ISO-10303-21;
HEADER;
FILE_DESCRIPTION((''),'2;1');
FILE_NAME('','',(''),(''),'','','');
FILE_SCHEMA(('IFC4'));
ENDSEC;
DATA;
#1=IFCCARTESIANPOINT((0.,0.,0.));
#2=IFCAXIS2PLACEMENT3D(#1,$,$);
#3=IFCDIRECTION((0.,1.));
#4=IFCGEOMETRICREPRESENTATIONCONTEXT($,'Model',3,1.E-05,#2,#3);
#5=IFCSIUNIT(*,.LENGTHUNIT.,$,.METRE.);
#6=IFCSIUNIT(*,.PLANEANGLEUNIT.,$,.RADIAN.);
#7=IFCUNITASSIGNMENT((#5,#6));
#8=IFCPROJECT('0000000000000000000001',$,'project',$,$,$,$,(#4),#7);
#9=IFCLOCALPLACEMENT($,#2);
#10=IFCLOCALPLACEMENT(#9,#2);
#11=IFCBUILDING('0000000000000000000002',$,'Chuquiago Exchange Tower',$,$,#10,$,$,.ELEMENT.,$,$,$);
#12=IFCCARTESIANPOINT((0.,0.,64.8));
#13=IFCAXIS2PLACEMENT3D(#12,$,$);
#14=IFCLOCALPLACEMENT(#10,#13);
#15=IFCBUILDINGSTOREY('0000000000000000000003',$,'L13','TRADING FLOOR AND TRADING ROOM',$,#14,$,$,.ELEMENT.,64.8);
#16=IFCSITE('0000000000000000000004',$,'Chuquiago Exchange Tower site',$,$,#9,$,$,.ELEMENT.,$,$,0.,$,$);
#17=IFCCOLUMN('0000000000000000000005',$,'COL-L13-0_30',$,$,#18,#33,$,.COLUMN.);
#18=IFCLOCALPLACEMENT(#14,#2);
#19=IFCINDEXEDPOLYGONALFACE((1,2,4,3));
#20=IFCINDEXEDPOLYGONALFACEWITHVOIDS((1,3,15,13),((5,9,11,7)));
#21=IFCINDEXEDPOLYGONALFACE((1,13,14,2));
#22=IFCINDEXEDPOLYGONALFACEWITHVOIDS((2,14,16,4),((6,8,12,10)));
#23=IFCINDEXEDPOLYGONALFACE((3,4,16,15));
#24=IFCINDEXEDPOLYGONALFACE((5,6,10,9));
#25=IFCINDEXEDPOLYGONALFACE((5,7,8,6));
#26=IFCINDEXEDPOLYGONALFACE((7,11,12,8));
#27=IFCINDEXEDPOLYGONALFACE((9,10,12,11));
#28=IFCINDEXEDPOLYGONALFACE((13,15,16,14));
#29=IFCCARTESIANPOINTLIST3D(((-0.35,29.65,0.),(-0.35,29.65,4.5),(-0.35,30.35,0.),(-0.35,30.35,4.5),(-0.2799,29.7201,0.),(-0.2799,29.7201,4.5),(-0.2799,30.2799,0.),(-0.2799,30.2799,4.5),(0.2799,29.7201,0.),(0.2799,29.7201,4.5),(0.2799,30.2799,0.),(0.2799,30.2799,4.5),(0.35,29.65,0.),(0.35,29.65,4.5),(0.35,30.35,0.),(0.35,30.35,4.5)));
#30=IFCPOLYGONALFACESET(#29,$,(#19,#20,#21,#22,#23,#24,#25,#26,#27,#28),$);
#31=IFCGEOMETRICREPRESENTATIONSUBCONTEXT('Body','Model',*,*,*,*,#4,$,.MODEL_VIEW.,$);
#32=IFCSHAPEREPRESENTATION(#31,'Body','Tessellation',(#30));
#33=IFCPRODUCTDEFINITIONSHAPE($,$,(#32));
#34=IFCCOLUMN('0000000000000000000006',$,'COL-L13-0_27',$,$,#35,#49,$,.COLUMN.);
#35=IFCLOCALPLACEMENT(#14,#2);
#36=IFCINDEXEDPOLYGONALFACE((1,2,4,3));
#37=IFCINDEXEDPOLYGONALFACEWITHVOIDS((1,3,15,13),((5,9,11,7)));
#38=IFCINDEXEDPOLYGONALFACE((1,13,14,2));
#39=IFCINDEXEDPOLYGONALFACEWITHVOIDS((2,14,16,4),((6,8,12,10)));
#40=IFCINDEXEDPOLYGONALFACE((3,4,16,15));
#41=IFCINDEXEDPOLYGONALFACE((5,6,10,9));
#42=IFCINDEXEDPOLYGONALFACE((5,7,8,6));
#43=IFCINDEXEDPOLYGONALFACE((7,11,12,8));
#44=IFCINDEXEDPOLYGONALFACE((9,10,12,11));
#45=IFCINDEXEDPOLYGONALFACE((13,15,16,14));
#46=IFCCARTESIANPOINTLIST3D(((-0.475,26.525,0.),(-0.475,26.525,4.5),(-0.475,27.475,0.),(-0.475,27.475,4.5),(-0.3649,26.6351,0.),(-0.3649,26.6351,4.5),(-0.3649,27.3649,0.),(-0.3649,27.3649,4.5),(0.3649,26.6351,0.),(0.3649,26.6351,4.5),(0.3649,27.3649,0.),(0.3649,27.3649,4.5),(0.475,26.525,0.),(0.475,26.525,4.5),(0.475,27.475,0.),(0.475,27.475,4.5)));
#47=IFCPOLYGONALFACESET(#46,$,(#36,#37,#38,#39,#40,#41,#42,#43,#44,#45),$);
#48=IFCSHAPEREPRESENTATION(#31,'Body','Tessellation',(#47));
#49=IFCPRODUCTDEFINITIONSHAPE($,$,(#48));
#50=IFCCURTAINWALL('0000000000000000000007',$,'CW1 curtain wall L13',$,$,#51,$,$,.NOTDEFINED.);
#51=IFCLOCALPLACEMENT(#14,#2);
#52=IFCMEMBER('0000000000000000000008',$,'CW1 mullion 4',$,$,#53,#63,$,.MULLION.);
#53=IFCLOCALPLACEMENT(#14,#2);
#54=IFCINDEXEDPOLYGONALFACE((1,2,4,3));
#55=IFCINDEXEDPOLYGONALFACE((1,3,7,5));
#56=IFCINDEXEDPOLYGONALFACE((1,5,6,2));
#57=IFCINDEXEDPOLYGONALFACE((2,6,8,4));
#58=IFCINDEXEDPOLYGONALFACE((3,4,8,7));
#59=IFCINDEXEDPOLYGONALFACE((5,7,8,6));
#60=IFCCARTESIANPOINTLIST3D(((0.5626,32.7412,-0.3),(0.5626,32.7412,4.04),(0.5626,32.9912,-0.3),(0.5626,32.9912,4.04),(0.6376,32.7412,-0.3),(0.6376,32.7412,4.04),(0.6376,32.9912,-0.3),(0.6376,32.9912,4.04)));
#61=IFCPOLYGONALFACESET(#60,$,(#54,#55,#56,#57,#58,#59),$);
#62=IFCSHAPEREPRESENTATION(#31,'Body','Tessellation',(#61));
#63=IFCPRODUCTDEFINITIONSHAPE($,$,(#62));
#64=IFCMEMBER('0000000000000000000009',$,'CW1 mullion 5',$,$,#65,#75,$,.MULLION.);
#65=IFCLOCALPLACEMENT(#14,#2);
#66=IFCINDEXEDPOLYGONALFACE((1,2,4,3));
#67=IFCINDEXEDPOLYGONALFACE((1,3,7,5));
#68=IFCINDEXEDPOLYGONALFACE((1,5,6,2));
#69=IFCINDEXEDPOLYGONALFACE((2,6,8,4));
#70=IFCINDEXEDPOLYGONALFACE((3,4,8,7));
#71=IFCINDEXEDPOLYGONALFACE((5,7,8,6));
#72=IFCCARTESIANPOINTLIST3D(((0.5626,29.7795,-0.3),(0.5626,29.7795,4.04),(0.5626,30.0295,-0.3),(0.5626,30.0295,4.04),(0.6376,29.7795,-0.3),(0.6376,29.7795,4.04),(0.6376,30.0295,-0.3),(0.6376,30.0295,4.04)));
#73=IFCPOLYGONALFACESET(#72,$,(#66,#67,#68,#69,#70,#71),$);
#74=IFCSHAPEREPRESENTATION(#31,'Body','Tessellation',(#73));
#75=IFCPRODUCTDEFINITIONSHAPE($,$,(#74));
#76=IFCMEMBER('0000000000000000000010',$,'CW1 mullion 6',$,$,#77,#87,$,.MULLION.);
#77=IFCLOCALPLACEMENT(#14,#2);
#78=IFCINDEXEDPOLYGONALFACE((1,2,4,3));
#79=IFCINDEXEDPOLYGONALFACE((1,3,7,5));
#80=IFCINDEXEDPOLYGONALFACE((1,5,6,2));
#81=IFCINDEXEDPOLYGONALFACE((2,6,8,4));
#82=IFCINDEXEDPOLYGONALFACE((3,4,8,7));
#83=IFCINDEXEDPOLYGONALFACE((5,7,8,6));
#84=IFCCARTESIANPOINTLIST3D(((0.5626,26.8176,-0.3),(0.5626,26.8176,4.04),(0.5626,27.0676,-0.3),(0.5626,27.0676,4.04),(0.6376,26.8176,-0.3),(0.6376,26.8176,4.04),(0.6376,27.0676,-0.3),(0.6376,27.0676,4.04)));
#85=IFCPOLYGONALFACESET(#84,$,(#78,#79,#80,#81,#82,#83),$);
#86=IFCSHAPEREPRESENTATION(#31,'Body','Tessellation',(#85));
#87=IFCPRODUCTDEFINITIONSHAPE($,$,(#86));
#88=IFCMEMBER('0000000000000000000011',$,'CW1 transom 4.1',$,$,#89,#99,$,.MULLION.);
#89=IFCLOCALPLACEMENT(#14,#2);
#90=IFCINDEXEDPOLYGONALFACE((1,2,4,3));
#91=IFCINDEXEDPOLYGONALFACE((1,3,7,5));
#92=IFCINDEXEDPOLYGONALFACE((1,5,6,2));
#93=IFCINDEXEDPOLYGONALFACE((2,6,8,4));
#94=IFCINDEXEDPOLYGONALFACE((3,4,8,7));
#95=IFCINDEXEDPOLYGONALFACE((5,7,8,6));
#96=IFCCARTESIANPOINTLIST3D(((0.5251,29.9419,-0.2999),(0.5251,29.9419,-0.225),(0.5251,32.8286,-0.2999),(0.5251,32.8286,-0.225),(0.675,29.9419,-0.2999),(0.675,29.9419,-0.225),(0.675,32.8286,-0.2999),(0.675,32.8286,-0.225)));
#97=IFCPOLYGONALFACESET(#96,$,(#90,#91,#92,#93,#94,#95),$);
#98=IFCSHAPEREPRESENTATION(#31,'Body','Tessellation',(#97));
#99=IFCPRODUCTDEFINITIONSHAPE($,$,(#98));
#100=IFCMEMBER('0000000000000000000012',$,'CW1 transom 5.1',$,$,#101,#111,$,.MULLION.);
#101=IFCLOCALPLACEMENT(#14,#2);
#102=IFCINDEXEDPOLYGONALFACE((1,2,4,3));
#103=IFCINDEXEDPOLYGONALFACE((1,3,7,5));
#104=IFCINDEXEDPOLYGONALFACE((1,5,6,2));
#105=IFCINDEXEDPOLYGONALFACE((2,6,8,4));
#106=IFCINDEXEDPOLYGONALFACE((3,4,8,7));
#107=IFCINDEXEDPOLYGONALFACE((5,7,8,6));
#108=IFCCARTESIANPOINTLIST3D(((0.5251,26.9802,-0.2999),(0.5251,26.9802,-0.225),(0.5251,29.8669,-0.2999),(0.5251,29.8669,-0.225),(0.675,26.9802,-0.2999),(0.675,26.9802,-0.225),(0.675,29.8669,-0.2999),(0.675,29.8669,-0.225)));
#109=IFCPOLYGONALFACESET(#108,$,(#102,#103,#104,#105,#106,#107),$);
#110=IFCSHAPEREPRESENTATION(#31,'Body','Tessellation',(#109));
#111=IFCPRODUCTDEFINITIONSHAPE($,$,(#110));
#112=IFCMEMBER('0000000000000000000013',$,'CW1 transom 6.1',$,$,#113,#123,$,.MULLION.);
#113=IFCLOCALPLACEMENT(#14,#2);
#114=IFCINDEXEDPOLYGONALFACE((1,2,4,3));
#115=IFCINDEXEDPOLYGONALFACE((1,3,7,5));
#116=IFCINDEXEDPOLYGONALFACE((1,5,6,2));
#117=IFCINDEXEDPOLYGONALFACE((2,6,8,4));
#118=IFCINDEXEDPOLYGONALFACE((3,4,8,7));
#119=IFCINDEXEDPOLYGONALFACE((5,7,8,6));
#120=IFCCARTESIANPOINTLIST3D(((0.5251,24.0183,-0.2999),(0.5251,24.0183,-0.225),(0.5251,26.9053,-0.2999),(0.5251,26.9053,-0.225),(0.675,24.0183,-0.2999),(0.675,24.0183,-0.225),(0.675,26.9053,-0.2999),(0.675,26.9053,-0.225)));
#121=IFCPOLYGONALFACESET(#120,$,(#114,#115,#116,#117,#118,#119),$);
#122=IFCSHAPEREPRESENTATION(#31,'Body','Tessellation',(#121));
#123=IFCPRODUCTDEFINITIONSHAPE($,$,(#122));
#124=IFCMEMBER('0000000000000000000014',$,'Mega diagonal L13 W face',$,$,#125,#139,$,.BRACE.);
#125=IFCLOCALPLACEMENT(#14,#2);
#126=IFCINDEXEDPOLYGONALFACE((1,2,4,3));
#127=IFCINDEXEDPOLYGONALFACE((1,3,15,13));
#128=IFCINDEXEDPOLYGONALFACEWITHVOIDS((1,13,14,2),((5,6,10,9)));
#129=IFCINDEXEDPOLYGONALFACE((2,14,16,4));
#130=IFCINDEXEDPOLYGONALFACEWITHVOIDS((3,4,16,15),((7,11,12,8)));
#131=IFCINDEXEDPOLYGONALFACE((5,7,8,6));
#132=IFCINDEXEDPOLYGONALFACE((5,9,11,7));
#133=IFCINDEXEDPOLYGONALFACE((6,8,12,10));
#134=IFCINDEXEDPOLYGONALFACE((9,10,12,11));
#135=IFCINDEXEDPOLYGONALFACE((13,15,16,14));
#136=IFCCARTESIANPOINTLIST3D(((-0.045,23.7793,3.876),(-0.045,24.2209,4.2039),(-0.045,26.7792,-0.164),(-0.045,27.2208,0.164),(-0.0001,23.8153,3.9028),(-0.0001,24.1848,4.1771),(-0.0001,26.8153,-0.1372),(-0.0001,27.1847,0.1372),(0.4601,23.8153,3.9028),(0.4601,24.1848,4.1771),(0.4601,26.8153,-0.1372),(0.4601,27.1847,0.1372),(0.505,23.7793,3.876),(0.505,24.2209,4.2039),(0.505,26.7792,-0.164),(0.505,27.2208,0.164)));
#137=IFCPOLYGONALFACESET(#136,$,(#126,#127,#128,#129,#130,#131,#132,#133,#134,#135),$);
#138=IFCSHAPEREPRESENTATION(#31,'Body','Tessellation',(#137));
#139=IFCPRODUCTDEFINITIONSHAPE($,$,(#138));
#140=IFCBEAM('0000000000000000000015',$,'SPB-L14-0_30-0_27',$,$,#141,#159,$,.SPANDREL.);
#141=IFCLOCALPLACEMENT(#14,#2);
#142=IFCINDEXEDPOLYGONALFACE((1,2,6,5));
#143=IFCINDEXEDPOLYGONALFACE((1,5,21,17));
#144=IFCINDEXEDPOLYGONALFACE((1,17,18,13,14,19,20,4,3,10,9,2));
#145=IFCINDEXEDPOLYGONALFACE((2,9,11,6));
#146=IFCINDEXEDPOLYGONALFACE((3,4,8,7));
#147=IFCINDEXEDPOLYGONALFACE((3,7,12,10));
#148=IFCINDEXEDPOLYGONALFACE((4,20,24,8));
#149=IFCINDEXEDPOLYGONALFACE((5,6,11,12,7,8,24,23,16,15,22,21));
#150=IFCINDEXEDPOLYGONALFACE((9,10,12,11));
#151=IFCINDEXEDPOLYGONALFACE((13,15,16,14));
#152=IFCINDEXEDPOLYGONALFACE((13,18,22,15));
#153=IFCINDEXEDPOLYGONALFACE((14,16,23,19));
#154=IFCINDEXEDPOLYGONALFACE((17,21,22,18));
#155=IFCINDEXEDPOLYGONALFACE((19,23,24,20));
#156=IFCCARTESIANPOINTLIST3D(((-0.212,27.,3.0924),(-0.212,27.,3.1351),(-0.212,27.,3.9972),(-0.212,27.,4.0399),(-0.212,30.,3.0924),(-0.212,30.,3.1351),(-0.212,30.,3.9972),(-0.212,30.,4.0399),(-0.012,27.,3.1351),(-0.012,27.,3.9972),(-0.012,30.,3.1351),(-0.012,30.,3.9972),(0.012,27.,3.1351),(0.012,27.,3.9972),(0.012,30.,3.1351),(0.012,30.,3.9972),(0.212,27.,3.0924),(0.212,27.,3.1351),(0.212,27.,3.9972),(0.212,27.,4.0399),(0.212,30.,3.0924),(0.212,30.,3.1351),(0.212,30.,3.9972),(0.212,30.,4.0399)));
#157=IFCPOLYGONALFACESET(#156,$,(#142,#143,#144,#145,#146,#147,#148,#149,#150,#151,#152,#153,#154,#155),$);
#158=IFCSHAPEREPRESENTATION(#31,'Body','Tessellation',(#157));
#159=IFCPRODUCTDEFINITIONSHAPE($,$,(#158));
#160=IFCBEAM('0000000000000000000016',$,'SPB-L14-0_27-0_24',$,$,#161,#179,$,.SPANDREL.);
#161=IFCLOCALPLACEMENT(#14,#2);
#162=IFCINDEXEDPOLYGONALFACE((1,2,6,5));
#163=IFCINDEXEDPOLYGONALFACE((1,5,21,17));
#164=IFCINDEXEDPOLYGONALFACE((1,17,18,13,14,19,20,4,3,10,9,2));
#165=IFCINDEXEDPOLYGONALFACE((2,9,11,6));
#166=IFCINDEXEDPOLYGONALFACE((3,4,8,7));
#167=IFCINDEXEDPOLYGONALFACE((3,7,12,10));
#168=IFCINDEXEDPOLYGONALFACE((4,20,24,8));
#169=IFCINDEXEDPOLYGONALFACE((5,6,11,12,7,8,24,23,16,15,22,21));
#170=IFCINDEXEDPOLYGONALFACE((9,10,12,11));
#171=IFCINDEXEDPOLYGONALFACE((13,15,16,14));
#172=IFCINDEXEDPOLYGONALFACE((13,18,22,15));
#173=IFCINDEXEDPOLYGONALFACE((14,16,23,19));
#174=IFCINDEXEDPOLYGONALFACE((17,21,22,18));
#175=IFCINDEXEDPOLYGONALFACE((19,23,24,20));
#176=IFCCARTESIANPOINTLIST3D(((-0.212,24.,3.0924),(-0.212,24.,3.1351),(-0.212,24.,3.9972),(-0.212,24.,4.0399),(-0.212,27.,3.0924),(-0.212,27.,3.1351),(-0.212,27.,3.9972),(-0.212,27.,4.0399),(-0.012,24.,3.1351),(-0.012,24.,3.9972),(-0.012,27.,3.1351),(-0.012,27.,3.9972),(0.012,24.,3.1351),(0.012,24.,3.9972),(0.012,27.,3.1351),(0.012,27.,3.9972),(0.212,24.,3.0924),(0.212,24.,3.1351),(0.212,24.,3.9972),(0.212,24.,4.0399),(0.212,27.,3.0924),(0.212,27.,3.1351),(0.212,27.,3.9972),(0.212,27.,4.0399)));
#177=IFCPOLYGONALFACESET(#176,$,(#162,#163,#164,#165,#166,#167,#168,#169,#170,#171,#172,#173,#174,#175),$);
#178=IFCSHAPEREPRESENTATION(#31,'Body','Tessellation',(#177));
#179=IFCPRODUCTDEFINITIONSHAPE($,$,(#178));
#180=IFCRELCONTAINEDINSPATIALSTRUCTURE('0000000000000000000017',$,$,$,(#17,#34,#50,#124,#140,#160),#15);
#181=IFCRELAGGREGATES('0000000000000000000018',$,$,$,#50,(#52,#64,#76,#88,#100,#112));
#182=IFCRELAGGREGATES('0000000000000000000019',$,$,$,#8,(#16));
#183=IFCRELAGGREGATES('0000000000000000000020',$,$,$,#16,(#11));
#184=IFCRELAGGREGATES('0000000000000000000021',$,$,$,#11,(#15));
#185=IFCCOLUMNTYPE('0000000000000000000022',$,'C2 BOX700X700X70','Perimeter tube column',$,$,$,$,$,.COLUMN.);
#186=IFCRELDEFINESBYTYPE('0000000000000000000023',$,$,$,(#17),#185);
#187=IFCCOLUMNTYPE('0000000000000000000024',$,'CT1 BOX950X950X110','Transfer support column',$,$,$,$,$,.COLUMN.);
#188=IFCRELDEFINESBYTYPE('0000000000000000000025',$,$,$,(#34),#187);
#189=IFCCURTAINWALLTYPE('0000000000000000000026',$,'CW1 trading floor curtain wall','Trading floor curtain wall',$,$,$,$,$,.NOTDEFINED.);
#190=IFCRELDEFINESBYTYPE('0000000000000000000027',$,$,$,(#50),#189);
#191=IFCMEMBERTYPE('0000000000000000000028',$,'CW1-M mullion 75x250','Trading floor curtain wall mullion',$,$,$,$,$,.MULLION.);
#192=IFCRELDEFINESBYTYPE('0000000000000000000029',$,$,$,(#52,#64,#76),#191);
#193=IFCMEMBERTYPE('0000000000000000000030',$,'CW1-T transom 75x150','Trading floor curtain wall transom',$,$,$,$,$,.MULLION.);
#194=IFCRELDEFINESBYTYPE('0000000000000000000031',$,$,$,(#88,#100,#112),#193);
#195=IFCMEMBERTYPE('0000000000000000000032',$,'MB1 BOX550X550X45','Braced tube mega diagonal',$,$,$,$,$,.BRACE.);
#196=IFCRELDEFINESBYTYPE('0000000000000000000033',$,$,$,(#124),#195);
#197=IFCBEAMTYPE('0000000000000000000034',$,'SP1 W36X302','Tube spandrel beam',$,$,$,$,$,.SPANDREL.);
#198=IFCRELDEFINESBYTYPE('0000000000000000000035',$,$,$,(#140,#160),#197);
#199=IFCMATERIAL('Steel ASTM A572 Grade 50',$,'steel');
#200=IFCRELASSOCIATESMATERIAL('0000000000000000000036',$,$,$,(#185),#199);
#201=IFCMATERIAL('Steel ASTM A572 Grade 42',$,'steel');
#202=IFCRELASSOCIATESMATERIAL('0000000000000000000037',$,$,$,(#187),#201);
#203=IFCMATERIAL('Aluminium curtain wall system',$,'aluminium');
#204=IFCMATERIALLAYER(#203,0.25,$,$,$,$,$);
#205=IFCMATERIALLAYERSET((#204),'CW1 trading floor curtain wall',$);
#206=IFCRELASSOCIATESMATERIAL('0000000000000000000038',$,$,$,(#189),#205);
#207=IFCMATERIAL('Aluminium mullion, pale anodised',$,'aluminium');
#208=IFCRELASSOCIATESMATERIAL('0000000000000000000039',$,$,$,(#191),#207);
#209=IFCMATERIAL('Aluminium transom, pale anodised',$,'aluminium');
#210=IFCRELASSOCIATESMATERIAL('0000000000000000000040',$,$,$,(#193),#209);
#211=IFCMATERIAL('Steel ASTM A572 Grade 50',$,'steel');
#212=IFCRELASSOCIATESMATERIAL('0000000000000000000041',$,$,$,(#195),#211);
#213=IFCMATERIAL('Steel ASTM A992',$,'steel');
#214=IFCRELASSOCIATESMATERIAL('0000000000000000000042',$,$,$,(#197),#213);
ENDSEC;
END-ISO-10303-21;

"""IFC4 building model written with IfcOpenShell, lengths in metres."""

from ifc_helpers import new_model, si_unit, direction, frame, origin, origin_2d, place, context, subcontext, project, spatial, rectangle, hollow_rectangle, i_section, extrude, material, layer, layer_set, material_profile, profile_set, type_object, element, aggregate, save


model = new_model("IFC4")

# Units and contexts
model_context = context("Model", 3, precision=1e-05, world=origin(), true_north=direction((0.0, 1.0)))
body_context = subcontext(model_context, "Body", "Model", "MODEL_VIEW")
ifc_project = project(units=[si_unit("LENGTHUNIT", "METRE"), si_unit("PLANEANGLEUNIT", "RADIAN")], contexts=[model_context])

# Site, building, storey
site_placement = place(None, origin())
site = spatial("IfcSite", under=ifc_project, at=site_placement, Name="Chuquiago Exchange Tower site", CompositionType="ELEMENT", RefElevation=0.0)
building_placement = place(site_placement, origin())
building = spatial("IfcBuilding", under=site, at=building_placement, Name="Chuquiago Exchange Tower", CompositionType="ELEMENT")
storey_placement = place(building_placement, frame((0.0, 0.0, 64.8)))
storey = spatial("IfcBuildingStorey", under=building, at=storey_placement, Name="L13", Description="TRADING FLOOR AND TRADING ROOM", CompositionType="ELEMENT", Elevation=64.8)

# Columns
ifc_material_1 = material(Name="Steel ASTM A572 Grade 50", Category="steel")
ifc_material_profile_1 = material_profile(ifc_material_1, hollow_rectangle(XDim=0.7, YDim=0.7, WallThickness=0.0701, at=origin_2d()), Name="BOX700X700X70")
ifc_profile_set_1 = profile_set([ifc_material_profile_1], Name="Steel ASTM A572 Grade 50")
column_type_1 = type_object("IfcColumnType", Name="C2 BOX700X700X70", Description="Perimeter tube column", PredefinedType="COLUMN", material=ifc_profile_set_1)
column_1_placement = place(storey_placement, frame((0.0, 30.0, 0.0), z_axis=(0.0, 0.0, 1.0), x_axis=(-1.0, 0.0, 0.0)))
element("IfcColumn", 1, at=column_1_placement, inside=storey, type_object=column_type_1, Name="COL-L13-0_30", PredefinedType="COLUMN", context=body_context, shape_type="SweptSolid", body=[
    extrude(hollow_rectangle(XDim=0.7, YDim=0.7, WallThickness=0.0701, at=origin_2d()), origin(), (0.0, 0.0, 1.0), 4.5),
])
ifc_material_2 = material(Name="Steel ASTM A572 Grade 42", Category="steel")
ifc_material_profile_2 = material_profile(ifc_material_2, hollow_rectangle(XDim=0.95, YDim=0.95, WallThickness=0.1101, at=origin_2d()), Name="BOX950X950X110")
ifc_profile_set_2 = profile_set([ifc_material_profile_2], Name="Steel ASTM A572 Grade 42")
column_type_2 = type_object("IfcColumnType", Name="CT1 BOX950X950X110", Description="Transfer support column", PredefinedType="COLUMN", material=ifc_profile_set_2)
column_2_placement = place(storey_placement, frame((0.0, 27.0, 0.0), z_axis=(0.0, 0.0, 1.0), x_axis=(-1.0, 0.0, 0.0)))
element("IfcColumn", 2, at=column_2_placement, inside=storey, type_object=column_type_2, Name="COL-L13-0_27", PredefinedType="COLUMN", context=body_context, shape_type="SweptSolid", body=[
    extrude(hollow_rectangle(XDim=0.95, YDim=0.95, WallThickness=0.1101, at=origin_2d()), origin(), (0.0, 0.0, 1.0), 4.5),
])

# Curtain wall, members
ifc_material_3 = material(Name="Aluminium curtain wall system", Category="aluminium")
ifc_layer_1 = layer(ifc_material_3, 0.25)
ifc_layer_set_1 = layer_set([ifc_layer_1], Name="CW1 trading floor curtain wall")
curtain_wall_type = type_object("IfcCurtainWallType", Name="CW1 trading floor curtain wall", Description="Trading floor curtain wall", PredefinedType="NOTDEFINED", material=ifc_layer_set_1)
curtain_wall_placement = place(storey_placement, origin())
curtain_wall = element("IfcCurtainWall", 3, at=curtain_wall_placement, inside=storey, type_object=curtain_wall_type, Name="CW1 curtain wall L13", PredefinedType="NOTDEFINED")
ifc_material_4 = material(Name="Aluminium mullion, pale anodised", Category="aluminium")
ifc_material_profile_3 = material_profile(ifc_material_4, rectangle(XDim=0.075, YDim=0.25, at=origin_2d()), Name="AL 75x250")
ifc_profile_set_3 = profile_set([ifc_material_profile_3], Name="Aluminium mullion, pale anodised")
member_type_1 = type_object("IfcMemberType", Name="CW1-M mullion 75x250", Description="Trading floor curtain wall mullion", PredefinedType="MULLION", material=ifc_profile_set_3)
member_1_placement = place(storey_placement, frame((0.6001, 32.8662, -0.3), z_axis=(0.0, 0.0, 1.0), x_axis=(1.0, 0.0, 0.0)))
member_1 = element("IfcMember", 4, at=member_1_placement, type_object=member_type_1, Name="CW1 mullion 4", PredefinedType="MULLION", context=body_context, shape_type="SweptSolid", body=[
    extrude(rectangle(XDim=0.075, YDim=0.25, at=origin_2d()), origin(), (0.0, 0.0, 1.0), 4.3401),
])
member_2_placement = place(storey_placement, frame((0.6001, 29.9045, -0.3), z_axis=(0.0, 0.0, 1.0), x_axis=(1.0, 0.0, 0.0)))
member_2 = element("IfcMember", 5, at=member_2_placement, type_object=member_type_1, Name="CW1 mullion 5", PredefinedType="MULLION", context=body_context, shape_type="SweptSolid", body=[
    extrude(rectangle(XDim=0.075, YDim=0.25, at=origin_2d()), origin(), (0.0, 0.0, 1.0), 4.3401),
])
member_3_placement = place(storey_placement, frame((0.6001, 26.9426, -0.3), z_axis=(0.0, 0.0, 1.0), x_axis=(1.0, 0.0, 0.0)))
member_3 = element("IfcMember", 6, at=member_3_placement, type_object=member_type_1, Name="CW1 mullion 6", PredefinedType="MULLION", context=body_context, shape_type="SweptSolid", body=[
    extrude(rectangle(XDim=0.075, YDim=0.25, at=origin_2d()), origin(), (0.0, 0.0, 1.0), 4.3401),
])
ifc_material_5 = material(Name="Aluminium transom, pale anodised", Category="aluminium")
ifc_material_profile_4 = material_profile(ifc_material_5, rectangle(XDim=0.1499, YDim=0.075, at=origin_2d()), Name="AL 150x75")
ifc_profile_set_4 = profile_set([ifc_material_profile_4], Name="Aluminium transom, pale anodised")
member_type_2 = type_object("IfcMemberType", Name="CW1-T transom 75x150", Description="Trading floor curtain wall transom", PredefinedType="MULLION", material=ifc_profile_set_4)
member_4_placement = place(storey_placement, frame((0.6001, 32.8286, -0.2625), z_axis=(0.0, -1.0, 0.0), x_axis=(1.0, 0.0, 0.0)))
member_4 = element("IfcMember", 7, at=member_4_placement, type_object=member_type_2, Name="CW1 transom 4.1", PredefinedType="MULLION", context=body_context, shape_type="SweptSolid", body=[
    extrude(rectangle(XDim=0.1499, YDim=0.075, at=origin_2d()), origin(), (0.0, 0.0, 1.0), 2.8867),
])
member_5_placement = place(storey_placement, frame((0.6001, 29.8669, -0.2625), z_axis=(0.0, -1.0, 0.0), x_axis=(1.0, 0.0, 0.0)))
member_5 = element("IfcMember", 8, at=member_5_placement, type_object=member_type_2, Name="CW1 transom 5.1", PredefinedType="MULLION", context=body_context, shape_type="SweptSolid", body=[
    extrude(rectangle(XDim=0.1499, YDim=0.075, at=origin_2d()), origin(), (0.0, 0.0, 1.0), 2.8867),
])
member_6_placement = place(storey_placement, frame((0.6001, 26.9053, -0.2625), z_axis=(0.0, -1.0, 0.0), x_axis=(1.0, 0.0, 0.0)))
member_6 = element("IfcMember", 9, at=member_6_placement, type_object=member_type_2, Name="CW1 transom 6.1", PredefinedType="MULLION", context=body_context, shape_type="SweptSolid", body=[
    extrude(rectangle(XDim=0.1499, YDim=0.075, at=origin_2d()), origin(), (0.0, 0.0, 1.0), 2.887),
])

# Member
ifc_material_6 = material(Name="Steel ASTM A572 Grade 50", Category="steel")
ifc_material_profile_5 = material_profile(ifc_material_6, hollow_rectangle(XDim=0.55, YDim=0.55, WallThickness=0.0449, at=origin_2d()), Name="BOX550X550X45")
ifc_profile_set_5 = profile_set([ifc_material_profile_5], Name="Steel ASTM A572 Grade 50")
member_type_3 = type_object("IfcMemberType", Name="MB1 BOX550X550X45", Description="Braced tube mega diagonal", PredefinedType="BRACE", material=ifc_profile_set_5)
member_7_placement = place(storey_placement, frame((0.23, 27.0, 0.0), z_axis=(0.0, -0.596174, 0.802855), x_axis=(1.0, 0.0, 0.0)))
element("IfcMember", 10, at=member_7_placement, inside=storey, type_object=member_type_3, Name="Mega diagonal L13 W face", PredefinedType="BRACE", context=body_context, shape_type="SweptSolid", body=[
    extrude(hollow_rectangle(XDim=0.55, YDim=0.55, WallThickness=0.0449, at=origin_2d()), origin(), (0.0, 0.0, 1.0), 5.032),
])

# Beams
ifc_material_7 = material(Name="Steel ASTM A992", Category="steel")
ifc_material_profile_6 = material_profile(ifc_material_7, i_section(OverallWidth=0.4241, OverallDepth=0.9475, WebThickness=0.0239, FlangeThickness=0.0427, at=origin_2d()), Name="W36X302")
ifc_profile_set_6 = profile_set([ifc_material_profile_6], Name="Steel ASTM A992")
beam_type = type_object("IfcBeamType", Name="SP1 W36X302", Description="Tube spandrel beam", PredefinedType="SPANDREL", material=ifc_profile_set_6)
for number, where, z_axis, x_axis, name in (
    (11, (0.0, 30.0, 3.5662), (0.0, -1.0, 0.0), (1.0, 0.0, 0.0), "SPB-L14-0_30-0_27"),
    (12, (0.0, 27.0, 3.5662), (0.0, -1.0, 0.0), (1.0, 0.0, 0.0), "SPB-L14-0_27-0_24"),
):
    element("IfcBeam", number, at=place(storey_placement, frame(where, z_axis=z_axis, x_axis=x_axis)), inside=storey, type_object=beam_type, Name=name, PredefinedType="SPANDREL", context=body_context, shape_type="SweptSolid", body=[
        extrude(i_section(OverallWidth=0.4241, OverallDepth=0.9475, WebThickness=0.0239, FlangeThickness=0.0427, at=origin_2d()), origin(), (0.0, 0.0, 1.0), 3.0),
    ])

aggregate(curtain_wall, [member_1, member_2, member_3, member_4, member_5, member_6])

save(model, "model.ifc")
